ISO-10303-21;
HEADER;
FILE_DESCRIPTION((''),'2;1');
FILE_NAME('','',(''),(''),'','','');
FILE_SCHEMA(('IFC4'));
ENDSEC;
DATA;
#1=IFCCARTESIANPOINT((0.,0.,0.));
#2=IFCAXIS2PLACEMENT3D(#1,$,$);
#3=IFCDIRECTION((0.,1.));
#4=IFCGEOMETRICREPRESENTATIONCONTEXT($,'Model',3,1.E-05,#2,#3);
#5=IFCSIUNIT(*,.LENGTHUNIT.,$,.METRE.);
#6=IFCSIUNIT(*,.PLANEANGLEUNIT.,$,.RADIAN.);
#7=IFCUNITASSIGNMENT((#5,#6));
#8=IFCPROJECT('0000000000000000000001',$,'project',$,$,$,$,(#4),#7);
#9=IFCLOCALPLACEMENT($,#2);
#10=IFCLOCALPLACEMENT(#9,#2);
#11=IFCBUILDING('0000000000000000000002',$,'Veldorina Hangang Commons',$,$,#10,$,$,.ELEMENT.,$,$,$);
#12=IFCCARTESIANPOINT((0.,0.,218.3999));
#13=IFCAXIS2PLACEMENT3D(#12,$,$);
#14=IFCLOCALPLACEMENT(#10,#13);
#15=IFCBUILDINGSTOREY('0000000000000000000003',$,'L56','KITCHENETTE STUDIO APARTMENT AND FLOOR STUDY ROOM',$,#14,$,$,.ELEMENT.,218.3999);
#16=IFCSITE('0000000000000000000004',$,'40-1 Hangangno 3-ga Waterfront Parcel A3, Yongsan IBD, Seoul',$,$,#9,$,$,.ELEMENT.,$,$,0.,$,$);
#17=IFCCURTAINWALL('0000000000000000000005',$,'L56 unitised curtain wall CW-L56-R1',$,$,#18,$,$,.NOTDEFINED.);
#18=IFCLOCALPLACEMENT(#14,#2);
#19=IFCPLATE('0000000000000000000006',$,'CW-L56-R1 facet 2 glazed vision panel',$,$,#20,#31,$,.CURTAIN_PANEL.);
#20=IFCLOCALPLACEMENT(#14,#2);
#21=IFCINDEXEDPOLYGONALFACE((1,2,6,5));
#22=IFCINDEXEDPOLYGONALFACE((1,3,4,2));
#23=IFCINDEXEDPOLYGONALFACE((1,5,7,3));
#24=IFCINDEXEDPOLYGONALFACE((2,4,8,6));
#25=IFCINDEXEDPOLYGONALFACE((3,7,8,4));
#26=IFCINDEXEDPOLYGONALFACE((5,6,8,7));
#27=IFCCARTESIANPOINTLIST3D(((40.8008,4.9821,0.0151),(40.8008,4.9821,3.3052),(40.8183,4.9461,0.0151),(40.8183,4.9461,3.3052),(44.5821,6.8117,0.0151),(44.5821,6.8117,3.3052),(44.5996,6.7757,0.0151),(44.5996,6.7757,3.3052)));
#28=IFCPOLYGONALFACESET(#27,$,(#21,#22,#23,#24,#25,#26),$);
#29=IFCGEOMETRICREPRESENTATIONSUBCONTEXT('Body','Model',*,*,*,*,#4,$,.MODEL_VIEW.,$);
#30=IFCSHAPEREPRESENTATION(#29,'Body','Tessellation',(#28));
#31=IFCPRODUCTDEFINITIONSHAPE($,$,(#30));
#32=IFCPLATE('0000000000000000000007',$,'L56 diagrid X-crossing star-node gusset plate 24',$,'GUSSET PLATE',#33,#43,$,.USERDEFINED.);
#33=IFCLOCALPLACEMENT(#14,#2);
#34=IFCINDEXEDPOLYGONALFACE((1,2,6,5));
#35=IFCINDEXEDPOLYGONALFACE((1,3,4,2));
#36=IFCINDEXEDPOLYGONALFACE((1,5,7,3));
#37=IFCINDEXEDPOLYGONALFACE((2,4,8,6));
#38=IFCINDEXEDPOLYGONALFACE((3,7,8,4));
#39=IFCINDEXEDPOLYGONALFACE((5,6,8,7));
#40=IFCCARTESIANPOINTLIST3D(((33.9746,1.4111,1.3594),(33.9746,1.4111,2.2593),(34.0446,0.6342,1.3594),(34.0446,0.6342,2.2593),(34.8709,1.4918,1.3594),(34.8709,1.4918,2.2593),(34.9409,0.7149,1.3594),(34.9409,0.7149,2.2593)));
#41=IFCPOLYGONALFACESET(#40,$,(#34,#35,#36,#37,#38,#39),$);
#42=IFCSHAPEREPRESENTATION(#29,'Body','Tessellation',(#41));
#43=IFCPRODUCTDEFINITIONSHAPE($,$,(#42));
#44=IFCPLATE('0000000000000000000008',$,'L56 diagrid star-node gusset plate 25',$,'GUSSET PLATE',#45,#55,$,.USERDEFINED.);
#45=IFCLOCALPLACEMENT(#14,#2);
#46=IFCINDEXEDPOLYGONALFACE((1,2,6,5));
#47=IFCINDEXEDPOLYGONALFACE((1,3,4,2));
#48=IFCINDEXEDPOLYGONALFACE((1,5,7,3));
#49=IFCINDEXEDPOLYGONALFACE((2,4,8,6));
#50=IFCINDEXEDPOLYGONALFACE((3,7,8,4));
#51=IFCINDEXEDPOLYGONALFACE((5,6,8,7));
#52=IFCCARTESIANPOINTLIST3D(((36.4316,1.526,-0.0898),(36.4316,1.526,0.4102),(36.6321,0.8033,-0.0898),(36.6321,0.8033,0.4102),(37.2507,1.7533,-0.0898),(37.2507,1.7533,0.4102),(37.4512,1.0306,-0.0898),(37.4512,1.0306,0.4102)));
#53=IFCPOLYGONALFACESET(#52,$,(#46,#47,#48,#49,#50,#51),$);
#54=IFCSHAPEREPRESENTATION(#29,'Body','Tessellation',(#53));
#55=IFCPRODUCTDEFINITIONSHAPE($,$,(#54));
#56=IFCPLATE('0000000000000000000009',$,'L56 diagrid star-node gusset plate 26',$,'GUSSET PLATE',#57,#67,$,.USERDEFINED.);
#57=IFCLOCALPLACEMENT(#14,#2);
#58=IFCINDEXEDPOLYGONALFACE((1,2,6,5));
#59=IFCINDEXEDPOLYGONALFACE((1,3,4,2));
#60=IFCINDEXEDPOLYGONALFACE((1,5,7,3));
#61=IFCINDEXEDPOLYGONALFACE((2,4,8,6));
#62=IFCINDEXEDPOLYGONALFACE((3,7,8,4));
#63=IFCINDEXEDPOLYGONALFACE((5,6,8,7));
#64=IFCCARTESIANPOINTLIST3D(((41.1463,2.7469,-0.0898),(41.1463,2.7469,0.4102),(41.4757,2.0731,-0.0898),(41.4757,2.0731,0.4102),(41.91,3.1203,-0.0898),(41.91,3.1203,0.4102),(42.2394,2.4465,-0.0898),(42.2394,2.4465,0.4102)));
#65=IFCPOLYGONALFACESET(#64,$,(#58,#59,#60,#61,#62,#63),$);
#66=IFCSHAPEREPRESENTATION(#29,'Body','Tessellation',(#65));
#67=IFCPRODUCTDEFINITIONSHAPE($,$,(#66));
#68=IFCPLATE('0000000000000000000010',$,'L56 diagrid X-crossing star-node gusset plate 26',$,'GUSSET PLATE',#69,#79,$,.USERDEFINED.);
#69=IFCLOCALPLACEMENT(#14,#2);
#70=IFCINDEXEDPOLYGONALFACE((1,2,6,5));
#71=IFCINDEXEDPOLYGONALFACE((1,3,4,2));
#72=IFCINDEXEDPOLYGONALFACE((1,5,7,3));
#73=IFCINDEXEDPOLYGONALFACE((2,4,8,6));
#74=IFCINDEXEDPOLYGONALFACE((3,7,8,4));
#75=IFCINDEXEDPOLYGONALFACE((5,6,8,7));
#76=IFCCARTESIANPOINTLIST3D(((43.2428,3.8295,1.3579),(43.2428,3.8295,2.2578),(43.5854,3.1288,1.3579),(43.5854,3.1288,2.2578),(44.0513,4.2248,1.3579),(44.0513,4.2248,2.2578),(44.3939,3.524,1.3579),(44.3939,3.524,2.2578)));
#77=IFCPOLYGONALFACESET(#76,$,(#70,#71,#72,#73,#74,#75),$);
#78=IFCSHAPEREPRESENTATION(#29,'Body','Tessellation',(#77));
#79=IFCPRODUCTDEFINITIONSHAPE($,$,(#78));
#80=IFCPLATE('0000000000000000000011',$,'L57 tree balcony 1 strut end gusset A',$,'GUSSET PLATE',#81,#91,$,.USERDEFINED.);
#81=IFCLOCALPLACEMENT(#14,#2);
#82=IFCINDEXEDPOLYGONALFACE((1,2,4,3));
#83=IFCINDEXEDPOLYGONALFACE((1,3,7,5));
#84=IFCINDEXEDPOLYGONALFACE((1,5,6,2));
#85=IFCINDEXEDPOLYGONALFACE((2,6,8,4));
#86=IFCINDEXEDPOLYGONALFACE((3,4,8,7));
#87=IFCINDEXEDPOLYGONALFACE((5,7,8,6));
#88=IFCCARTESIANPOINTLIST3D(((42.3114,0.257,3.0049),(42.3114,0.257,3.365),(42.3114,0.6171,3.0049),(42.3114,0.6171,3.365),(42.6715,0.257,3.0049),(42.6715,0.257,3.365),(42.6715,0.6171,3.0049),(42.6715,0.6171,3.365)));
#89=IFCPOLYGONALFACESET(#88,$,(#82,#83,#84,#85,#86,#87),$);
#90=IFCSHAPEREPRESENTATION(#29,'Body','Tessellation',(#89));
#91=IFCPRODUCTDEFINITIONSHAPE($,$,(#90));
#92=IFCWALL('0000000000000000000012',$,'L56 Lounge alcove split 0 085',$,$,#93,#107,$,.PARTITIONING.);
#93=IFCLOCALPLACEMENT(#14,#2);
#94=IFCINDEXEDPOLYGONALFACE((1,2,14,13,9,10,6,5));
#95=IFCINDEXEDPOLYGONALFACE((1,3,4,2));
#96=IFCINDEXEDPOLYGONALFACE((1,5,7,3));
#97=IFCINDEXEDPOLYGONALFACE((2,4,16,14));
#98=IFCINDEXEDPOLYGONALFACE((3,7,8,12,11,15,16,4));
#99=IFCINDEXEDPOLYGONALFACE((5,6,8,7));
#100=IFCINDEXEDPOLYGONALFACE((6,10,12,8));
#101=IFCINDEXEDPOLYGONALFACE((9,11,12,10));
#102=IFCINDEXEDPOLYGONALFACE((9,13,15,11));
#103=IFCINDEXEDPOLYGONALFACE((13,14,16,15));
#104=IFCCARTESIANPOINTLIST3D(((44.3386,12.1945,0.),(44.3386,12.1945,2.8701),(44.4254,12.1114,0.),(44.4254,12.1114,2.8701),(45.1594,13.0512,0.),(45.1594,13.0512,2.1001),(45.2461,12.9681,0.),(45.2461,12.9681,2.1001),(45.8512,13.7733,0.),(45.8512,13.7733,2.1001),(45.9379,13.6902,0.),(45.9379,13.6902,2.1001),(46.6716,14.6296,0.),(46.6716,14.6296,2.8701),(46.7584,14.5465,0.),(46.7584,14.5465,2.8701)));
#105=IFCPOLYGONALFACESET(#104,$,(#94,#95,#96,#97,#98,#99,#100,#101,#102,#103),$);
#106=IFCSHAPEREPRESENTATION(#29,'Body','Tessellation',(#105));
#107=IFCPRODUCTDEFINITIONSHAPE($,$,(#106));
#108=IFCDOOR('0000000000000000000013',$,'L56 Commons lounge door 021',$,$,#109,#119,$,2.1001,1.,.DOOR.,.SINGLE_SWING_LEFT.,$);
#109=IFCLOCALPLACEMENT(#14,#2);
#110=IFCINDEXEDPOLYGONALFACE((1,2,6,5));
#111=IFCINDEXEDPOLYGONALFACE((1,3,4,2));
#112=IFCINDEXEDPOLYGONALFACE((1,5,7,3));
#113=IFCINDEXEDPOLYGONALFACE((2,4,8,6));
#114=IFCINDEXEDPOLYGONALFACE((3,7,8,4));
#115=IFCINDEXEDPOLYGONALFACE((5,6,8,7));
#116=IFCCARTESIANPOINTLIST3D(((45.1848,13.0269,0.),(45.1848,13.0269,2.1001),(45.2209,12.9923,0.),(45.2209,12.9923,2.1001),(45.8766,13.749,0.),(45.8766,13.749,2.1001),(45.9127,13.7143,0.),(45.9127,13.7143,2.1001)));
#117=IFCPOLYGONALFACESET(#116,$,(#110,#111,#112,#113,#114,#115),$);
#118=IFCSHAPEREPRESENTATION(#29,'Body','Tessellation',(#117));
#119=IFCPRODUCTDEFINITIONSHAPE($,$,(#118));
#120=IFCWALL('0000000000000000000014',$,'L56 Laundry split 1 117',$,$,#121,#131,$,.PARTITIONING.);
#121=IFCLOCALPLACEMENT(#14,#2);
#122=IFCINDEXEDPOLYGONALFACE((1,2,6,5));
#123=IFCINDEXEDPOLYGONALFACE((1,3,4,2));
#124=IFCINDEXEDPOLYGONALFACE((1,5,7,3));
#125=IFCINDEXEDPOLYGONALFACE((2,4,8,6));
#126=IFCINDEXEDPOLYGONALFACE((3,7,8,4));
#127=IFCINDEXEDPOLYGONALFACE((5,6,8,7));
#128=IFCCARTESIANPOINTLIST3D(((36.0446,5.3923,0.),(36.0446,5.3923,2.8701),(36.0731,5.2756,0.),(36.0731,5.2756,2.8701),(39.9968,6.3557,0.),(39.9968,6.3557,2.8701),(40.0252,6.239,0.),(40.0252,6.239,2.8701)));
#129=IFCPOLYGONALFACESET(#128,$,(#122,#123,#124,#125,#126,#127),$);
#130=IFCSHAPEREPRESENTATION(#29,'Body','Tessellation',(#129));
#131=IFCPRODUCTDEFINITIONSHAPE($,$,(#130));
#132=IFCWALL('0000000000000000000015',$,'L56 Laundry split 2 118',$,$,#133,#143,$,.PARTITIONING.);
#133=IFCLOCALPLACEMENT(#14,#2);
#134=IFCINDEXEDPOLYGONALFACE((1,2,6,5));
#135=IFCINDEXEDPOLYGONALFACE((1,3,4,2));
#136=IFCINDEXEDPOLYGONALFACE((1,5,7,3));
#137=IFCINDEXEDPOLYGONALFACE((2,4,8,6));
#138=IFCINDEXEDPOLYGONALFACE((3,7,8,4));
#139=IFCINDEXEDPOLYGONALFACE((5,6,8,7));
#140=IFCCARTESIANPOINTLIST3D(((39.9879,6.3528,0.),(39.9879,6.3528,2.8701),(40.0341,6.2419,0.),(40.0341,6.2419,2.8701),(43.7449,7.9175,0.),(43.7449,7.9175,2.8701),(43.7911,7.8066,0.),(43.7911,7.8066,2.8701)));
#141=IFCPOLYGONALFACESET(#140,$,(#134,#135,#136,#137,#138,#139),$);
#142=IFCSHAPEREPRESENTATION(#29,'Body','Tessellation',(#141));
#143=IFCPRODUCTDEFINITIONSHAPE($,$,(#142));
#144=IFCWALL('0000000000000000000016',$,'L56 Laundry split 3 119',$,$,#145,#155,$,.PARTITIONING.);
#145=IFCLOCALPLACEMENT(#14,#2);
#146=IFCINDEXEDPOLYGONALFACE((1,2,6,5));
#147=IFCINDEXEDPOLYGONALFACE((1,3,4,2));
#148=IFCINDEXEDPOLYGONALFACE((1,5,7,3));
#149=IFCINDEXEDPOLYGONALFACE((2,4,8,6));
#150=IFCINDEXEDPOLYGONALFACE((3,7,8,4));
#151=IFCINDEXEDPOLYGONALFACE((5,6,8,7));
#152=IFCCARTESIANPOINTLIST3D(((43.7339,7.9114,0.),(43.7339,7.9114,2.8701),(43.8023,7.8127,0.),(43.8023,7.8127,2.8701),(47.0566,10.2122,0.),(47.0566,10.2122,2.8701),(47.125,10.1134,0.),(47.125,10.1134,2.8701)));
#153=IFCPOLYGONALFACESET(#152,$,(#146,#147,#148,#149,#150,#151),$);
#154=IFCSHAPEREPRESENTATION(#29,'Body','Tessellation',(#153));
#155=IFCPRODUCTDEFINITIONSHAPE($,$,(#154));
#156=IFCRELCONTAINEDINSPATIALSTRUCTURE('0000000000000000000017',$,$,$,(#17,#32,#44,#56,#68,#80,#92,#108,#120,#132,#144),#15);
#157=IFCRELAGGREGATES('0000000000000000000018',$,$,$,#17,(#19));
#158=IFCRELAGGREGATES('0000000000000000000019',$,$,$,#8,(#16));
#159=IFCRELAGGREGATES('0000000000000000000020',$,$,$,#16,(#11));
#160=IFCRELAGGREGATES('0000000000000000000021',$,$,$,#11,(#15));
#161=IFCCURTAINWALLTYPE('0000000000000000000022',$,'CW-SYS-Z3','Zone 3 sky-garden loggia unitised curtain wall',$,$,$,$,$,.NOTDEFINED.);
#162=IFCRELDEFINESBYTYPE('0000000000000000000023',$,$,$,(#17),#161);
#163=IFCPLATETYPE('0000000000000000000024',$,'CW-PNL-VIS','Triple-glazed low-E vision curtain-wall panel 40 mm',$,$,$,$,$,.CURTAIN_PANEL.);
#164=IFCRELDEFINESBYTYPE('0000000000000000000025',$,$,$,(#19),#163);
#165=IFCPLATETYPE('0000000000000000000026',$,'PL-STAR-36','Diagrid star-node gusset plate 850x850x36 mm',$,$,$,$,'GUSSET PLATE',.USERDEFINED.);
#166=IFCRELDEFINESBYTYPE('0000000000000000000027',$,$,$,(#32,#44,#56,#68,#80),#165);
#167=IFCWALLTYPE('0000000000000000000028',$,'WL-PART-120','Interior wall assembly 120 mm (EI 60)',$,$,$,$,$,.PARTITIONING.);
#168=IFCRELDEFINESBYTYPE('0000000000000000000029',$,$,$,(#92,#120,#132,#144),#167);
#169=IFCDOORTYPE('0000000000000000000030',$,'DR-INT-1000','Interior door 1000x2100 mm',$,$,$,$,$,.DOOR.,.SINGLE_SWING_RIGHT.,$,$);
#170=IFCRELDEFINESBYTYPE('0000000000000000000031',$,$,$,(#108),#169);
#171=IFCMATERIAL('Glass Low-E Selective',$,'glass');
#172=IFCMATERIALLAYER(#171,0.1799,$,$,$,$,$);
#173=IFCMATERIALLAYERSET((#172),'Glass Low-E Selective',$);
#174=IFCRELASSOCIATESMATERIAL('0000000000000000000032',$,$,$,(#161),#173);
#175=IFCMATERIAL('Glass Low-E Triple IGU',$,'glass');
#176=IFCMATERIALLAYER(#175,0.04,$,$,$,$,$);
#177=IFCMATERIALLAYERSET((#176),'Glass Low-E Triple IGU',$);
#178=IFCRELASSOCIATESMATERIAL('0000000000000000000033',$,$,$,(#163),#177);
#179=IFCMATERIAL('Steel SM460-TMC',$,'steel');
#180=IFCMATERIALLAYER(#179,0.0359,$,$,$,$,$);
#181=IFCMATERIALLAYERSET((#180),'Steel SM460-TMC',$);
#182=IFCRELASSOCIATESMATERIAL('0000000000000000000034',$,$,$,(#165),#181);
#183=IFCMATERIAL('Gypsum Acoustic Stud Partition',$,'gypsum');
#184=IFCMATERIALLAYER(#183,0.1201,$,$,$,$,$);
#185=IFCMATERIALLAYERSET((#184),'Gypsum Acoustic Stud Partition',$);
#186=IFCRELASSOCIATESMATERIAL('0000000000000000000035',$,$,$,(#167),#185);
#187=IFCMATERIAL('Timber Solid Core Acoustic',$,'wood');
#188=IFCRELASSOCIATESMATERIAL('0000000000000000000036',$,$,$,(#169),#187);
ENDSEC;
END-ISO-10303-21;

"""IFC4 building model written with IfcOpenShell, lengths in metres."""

from ifc_helpers import new_model, si_unit, direction, frame, frame_2d, origin, origin_2d, place, context, subcontext, project, spatial, rectangle, extrude, material, layer, layer_set, type_object, element, fill, aggregate, save


model = new_model("IFC4")

# Units and contexts
model_context = context("Model", 3, precision=1e-05, world=origin(), true_north=direction((0.0, 1.0)))
body_context = subcontext(model_context, "Body", "Model", "MODEL_VIEW")
ifc_project = project(units=[si_unit("LENGTHUNIT", "METRE"), si_unit("PLANEANGLEUNIT", "RADIAN")], contexts=[model_context])

# Site, building, storey
site_placement = place(None, origin())
site = spatial("IfcSite", under=ifc_project, at=site_placement, Name="40-1 Hangangno 3-ga Waterfront Parcel A3, Yongsan IBD, Seoul", CompositionType="ELEMENT", RefElevation=0.0)
building_placement = place(site_placement, origin())
building = spatial("IfcBuilding", under=site, at=building_placement, Name="Veldorina Hangang Commons", CompositionType="ELEMENT")
storey_placement = place(building_placement, frame((0.0, 0.0, 218.3999)))
storey = spatial("IfcBuildingStorey", under=building, at=storey_placement, Name="L56", Description="KITCHENETTE STUDIO APARTMENT AND FLOOR STUDY ROOM", CompositionType="ELEMENT", Elevation=218.3999)

# Curtain wall
ifc_material_1 = material(Name="Glass Low-E Selective", Category="glass")
ifc_layer_1 = layer(ifc_material_1, 0.1799)
ifc_layer_set_1 = layer_set([ifc_layer_1], Name="Glass Low-E Selective")
curtain_wall_type = type_object("IfcCurtainWallType", Name="CW-SYS-Z3", Description="Zone 3 sky-garden loggia unitised curtain wall", PredefinedType="NOTDEFINED", material=ifc_layer_set_1)
curtain_wall_placement = place(storey_placement, origin())
curtain_wall = element("IfcCurtainWall", 1, at=curtain_wall_placement, inside=storey, type_object=curtain_wall_type, Name="L56 unitised curtain wall CW-L56-R1", PredefinedType="NOTDEFINED")

# Plate
ifc_material_2 = material(Name="Glass Low-E Triple IGU", Category="glass")
ifc_layer_2 = layer(ifc_material_2, 0.04)
ifc_layer_set_2 = layer_set([ifc_layer_2], Name="Glass Low-E Triple IGU")
plate_type_1 = type_object("IfcPlateType", Name="CW-PNL-VIS", Description="Triple-glazed low-E vision curtain-wall panel 40 mm", PredefinedType="CURTAIN_PANEL", material=ifc_layer_set_2)
plate_1_placement = place(storey_placement, frame((42.7002, 5.8789, 0.0151), z_axis=(0.0, 0.0, 1.0), x_axis=(0.900167, 0.435545, 0.0)))
plate_1 = element("IfcPlate", 2, at=plate_1_placement, type_object=plate_type_1, Name="CW-L56-R1 facet 2 glazed vision panel", PredefinedType="CURTAIN_PANEL", context=body_context, shape_type="SweptSolid", body=[
    extrude(rectangle(XDim=4.2007, YDim=0.04, at=origin_2d()), origin(), (0.0, 0.0, 1.0), 3.29),
])
aggregate(curtain_wall, [plate_1])

# Plates
ifc_material_3 = material(Name="Steel SM460-TMC", Category="steel")
ifc_layer_3 = layer(ifc_material_3, 0.0359)
ifc_layer_set_3 = layer_set([ifc_layer_3], Name="Steel SM460-TMC")
plate_type_2 = type_object("IfcPlateType", Name="PL-STAR-36", Description="Diagrid star-node gusset plate 850x850x36 mm", ElementType="GUSSET PLATE", PredefinedType="USERDEFINED", material=ifc_layer_set_3)
plate_2_placement = place(storey_placement, frame((34.4578, 1.063, 1.3594), z_axis=(0.0, 0.0, 1.0), x_axis=(0.995968, 0.089711, 0.0)))
element("IfcPlate", 3, at=plate_2_placement, inside=storey, type_object=plate_type_2, Name="L56 diagrid X-crossing star-node gusset plate 24", ObjectType="GUSSET PLATE", PredefinedType="USERDEFINED", context=body_context, shape_type="SweptSolid", body=[
    extrude(rectangle(XDim=0.8999, YDim=0.78, at=origin_2d()), origin(), (0.0, 0.0, 1.0), 0.8999),
])
for number, where, z_axis, x_axis, name in (
    (4, (36.9414, 1.2783, -0.0898), (0.0, 0.0, 1.0), (0.963593, 0.267373, 0.0), "L56 diagrid star-node gusset plate 25"),
    (5, (41.6929, 2.5967, -0.0898), (0.0, 0.0, 1.0), (0.898388, 0.439202, 0.0), "L56 diagrid star-node gusset plate 26"),
):
    element("IfcPlate", number, at=place(storey_placement, frame(where, z_axis=z_axis, x_axis=x_axis)), inside=storey, type_object=plate_type_2, Name=name, ObjectType="GUSSET PLATE", PredefinedType="USERDEFINED", context=body_context, shape_type="SweptSolid", body=[
        extrude(rectangle(XDim=0.8501, YDim=0.75, at=origin_2d()), origin(), (0.0, 0.0, 1.0), 0.5),
    ])
plate_3_placement = place(storey_placement, frame((43.8184, 3.6768, 1.3579), z_axis=(0.0, 0.0, 1.0), x_axis=(0.898388, 0.439202, 0.0)))
element("IfcPlate", 6, at=plate_3_placement, inside=storey, type_object=plate_type_2, Name="L56 diagrid X-crossing star-node gusset plate 26", ObjectType="GUSSET PLATE", PredefinedType="USERDEFINED", context=body_context, shape_type="SweptSolid", body=[
    extrude(rectangle(XDim=0.8999, YDim=0.78, at=origin_2d()), origin(), (0.0, 0.0, 1.0), 0.8999),
])
plate_4_placement = place(storey_placement, frame((42.4915, 0.437, 3.0049), z_axis=(0.0, 0.0, 1.0), x_axis=(1.0, 0.0, 0.0)))
element("IfcPlate", 7, at=plate_4_placement, inside=storey, type_object=plate_type_2, Name="L57 tree balcony 1 strut end gusset A", ObjectType="GUSSET PLATE", PredefinedType="USERDEFINED", context=body_context, shape_type="SweptSolid", body=[
    extrude(rectangle(XDim=0.3601, YDim=0.3601, at=origin_2d()), origin(), (0.0, 0.0, 1.0), 0.3601),
])

# Wall, opening, door
ifc_material_4 = material(Name="Gypsum Acoustic Stud Partition", Category="gypsum")
ifc_layer_4 = layer(ifc_material_4, 0.1201)
ifc_layer_set_4 = layer_set([ifc_layer_4], Name="Gypsum Acoustic Stud Partition")
wall_type = type_object("IfcWallType", Name="WL-PART-120", Description="Interior wall assembly 120 mm (EI 60)", PredefinedType="PARTITIONING", material=ifc_layer_set_4)
wall_1_placement = place(storey_placement, frame((44.3821, 12.1531, 0.0), z_axis=(0.0, 0.0, 1.0), x_axis=(0.691814, 0.722076, 0.0)))
wall_1 = element("IfcWall", 8, at=wall_1_placement, inside=storey, type_object=wall_type, Name="L56 Lounge alcove split 0 085", PredefinedType="PARTITIONING", context=body_context, shape_type="SweptSolid", body=[
    extrude(rectangle(XDim=3.3723, YDim=0.1201, at=frame_2d((1.686, 0.0))), origin(), (0.0, 0.0, 1.0), 2.8701),
])
opening_placement = place(wall_1_placement, frame((1.1863, 0.0, 0.0)))
opening = element("IfcOpeningElement", 9, at=opening_placement, cuts=wall_1, PredefinedType="OPENING", context=body_context, shape_type="SweptSolid", body=[
    extrude(rectangle(XDim=1.0, YDim=2.1001, at=frame_2d((0.5, 1.05))), frame((0.0, 0.0701, 0.0), z_axis=(0.0, -1.0, 0.0), x_axis=(1.0, 0.0, 0.0)), (0.0, 0.0, 1.0), 0.1401),
])
ifc_material_5 = material(Name="Timber Solid Core Acoustic", Category="wood")
door_type = type_object("IfcDoorType", Name="DR-INT-1000", Description="Interior door 1000x2100 mm", OperationType="SINGLE_SWING_RIGHT", PredefinedType="DOOR", material=ifc_material_5)
door_placement = place(opening_placement, origin())
door = element("IfcDoor", 10, at=door_placement, inside=storey, type_object=door_type, Name="L56 Commons lounge door 021", OperationType="SINGLE_SWING_LEFT", OverallHeight=2.1001, OverallWidth=1.0, PredefinedType="DOOR", context=body_context, shape_type="SweptSolid", body=[
    extrude(rectangle(XDim=1.0, YDim=2.1001, at=frame_2d((0.5, 1.05))), frame((0.0, 0.0249, 0.0), z_axis=(0.0, -1.0, 0.0), x_axis=(1.0, 0.0, 0.0)), (0.0, 0.0, 1.0), 0.05),
])
fill(opening, door)

# Walls
wall_2_placement = place(storey_placement, frame((36.0588, 5.334, 0.0), z_axis=(0.0, 0.0, 1.0), x_axis=(0.971552, 0.236826, 0.0)))
element("IfcWall", 11, at=wall_2_placement, inside=storey, type_object=wall_type, Name="L56 Laundry split 1 117", PredefinedType="PARTITIONING", context=body_context, shape_type="SweptSolid", body=[
    extrude(rectangle(XDim=4.0679, YDim=0.1201, at=frame_2d((2.0339, 0.0))), origin(), (0.0, 0.0, 1.0), 2.8701),
])
wall_3_placement = place(storey_placement, frame((40.011, 6.2974, 0.0), z_axis=(0.0, 0.0, 1.0), x_axis=(0.923143, 0.384458, 0.0)))
element("IfcWall", 12, at=wall_3_placement, inside=storey, type_object=wall_type, Name="L56 Laundry split 2 118", PredefinedType="PARTITIONING", context=body_context, shape_type="SweptSolid", body=[
    extrude(rectangle(XDim=4.0698, YDim=0.1201, at=frame_2d((2.0349, 0.0))), origin(), (0.0, 0.0, 1.0), 2.8701),
])
wall_4_placement = place(storey_placement, frame((43.7681, 7.8621, 0.0), z_axis=(0.0, 0.0, 1.0), x_axis=(0.822144, 0.569279, 0.0)))
element("IfcWall", 13, at=wall_4_placement, inside=storey, type_object=wall_type, Name="L56 Laundry split 3 119", PredefinedType="PARTITIONING", context=body_context, shape_type="SweptSolid", body=[
    extrude(rectangle(XDim=4.0415, YDim=0.1201, at=frame_2d((2.0208, 0.0))), origin(), (0.0, 0.0, 1.0), 2.8701),
])

save(model, "model.ifc")
